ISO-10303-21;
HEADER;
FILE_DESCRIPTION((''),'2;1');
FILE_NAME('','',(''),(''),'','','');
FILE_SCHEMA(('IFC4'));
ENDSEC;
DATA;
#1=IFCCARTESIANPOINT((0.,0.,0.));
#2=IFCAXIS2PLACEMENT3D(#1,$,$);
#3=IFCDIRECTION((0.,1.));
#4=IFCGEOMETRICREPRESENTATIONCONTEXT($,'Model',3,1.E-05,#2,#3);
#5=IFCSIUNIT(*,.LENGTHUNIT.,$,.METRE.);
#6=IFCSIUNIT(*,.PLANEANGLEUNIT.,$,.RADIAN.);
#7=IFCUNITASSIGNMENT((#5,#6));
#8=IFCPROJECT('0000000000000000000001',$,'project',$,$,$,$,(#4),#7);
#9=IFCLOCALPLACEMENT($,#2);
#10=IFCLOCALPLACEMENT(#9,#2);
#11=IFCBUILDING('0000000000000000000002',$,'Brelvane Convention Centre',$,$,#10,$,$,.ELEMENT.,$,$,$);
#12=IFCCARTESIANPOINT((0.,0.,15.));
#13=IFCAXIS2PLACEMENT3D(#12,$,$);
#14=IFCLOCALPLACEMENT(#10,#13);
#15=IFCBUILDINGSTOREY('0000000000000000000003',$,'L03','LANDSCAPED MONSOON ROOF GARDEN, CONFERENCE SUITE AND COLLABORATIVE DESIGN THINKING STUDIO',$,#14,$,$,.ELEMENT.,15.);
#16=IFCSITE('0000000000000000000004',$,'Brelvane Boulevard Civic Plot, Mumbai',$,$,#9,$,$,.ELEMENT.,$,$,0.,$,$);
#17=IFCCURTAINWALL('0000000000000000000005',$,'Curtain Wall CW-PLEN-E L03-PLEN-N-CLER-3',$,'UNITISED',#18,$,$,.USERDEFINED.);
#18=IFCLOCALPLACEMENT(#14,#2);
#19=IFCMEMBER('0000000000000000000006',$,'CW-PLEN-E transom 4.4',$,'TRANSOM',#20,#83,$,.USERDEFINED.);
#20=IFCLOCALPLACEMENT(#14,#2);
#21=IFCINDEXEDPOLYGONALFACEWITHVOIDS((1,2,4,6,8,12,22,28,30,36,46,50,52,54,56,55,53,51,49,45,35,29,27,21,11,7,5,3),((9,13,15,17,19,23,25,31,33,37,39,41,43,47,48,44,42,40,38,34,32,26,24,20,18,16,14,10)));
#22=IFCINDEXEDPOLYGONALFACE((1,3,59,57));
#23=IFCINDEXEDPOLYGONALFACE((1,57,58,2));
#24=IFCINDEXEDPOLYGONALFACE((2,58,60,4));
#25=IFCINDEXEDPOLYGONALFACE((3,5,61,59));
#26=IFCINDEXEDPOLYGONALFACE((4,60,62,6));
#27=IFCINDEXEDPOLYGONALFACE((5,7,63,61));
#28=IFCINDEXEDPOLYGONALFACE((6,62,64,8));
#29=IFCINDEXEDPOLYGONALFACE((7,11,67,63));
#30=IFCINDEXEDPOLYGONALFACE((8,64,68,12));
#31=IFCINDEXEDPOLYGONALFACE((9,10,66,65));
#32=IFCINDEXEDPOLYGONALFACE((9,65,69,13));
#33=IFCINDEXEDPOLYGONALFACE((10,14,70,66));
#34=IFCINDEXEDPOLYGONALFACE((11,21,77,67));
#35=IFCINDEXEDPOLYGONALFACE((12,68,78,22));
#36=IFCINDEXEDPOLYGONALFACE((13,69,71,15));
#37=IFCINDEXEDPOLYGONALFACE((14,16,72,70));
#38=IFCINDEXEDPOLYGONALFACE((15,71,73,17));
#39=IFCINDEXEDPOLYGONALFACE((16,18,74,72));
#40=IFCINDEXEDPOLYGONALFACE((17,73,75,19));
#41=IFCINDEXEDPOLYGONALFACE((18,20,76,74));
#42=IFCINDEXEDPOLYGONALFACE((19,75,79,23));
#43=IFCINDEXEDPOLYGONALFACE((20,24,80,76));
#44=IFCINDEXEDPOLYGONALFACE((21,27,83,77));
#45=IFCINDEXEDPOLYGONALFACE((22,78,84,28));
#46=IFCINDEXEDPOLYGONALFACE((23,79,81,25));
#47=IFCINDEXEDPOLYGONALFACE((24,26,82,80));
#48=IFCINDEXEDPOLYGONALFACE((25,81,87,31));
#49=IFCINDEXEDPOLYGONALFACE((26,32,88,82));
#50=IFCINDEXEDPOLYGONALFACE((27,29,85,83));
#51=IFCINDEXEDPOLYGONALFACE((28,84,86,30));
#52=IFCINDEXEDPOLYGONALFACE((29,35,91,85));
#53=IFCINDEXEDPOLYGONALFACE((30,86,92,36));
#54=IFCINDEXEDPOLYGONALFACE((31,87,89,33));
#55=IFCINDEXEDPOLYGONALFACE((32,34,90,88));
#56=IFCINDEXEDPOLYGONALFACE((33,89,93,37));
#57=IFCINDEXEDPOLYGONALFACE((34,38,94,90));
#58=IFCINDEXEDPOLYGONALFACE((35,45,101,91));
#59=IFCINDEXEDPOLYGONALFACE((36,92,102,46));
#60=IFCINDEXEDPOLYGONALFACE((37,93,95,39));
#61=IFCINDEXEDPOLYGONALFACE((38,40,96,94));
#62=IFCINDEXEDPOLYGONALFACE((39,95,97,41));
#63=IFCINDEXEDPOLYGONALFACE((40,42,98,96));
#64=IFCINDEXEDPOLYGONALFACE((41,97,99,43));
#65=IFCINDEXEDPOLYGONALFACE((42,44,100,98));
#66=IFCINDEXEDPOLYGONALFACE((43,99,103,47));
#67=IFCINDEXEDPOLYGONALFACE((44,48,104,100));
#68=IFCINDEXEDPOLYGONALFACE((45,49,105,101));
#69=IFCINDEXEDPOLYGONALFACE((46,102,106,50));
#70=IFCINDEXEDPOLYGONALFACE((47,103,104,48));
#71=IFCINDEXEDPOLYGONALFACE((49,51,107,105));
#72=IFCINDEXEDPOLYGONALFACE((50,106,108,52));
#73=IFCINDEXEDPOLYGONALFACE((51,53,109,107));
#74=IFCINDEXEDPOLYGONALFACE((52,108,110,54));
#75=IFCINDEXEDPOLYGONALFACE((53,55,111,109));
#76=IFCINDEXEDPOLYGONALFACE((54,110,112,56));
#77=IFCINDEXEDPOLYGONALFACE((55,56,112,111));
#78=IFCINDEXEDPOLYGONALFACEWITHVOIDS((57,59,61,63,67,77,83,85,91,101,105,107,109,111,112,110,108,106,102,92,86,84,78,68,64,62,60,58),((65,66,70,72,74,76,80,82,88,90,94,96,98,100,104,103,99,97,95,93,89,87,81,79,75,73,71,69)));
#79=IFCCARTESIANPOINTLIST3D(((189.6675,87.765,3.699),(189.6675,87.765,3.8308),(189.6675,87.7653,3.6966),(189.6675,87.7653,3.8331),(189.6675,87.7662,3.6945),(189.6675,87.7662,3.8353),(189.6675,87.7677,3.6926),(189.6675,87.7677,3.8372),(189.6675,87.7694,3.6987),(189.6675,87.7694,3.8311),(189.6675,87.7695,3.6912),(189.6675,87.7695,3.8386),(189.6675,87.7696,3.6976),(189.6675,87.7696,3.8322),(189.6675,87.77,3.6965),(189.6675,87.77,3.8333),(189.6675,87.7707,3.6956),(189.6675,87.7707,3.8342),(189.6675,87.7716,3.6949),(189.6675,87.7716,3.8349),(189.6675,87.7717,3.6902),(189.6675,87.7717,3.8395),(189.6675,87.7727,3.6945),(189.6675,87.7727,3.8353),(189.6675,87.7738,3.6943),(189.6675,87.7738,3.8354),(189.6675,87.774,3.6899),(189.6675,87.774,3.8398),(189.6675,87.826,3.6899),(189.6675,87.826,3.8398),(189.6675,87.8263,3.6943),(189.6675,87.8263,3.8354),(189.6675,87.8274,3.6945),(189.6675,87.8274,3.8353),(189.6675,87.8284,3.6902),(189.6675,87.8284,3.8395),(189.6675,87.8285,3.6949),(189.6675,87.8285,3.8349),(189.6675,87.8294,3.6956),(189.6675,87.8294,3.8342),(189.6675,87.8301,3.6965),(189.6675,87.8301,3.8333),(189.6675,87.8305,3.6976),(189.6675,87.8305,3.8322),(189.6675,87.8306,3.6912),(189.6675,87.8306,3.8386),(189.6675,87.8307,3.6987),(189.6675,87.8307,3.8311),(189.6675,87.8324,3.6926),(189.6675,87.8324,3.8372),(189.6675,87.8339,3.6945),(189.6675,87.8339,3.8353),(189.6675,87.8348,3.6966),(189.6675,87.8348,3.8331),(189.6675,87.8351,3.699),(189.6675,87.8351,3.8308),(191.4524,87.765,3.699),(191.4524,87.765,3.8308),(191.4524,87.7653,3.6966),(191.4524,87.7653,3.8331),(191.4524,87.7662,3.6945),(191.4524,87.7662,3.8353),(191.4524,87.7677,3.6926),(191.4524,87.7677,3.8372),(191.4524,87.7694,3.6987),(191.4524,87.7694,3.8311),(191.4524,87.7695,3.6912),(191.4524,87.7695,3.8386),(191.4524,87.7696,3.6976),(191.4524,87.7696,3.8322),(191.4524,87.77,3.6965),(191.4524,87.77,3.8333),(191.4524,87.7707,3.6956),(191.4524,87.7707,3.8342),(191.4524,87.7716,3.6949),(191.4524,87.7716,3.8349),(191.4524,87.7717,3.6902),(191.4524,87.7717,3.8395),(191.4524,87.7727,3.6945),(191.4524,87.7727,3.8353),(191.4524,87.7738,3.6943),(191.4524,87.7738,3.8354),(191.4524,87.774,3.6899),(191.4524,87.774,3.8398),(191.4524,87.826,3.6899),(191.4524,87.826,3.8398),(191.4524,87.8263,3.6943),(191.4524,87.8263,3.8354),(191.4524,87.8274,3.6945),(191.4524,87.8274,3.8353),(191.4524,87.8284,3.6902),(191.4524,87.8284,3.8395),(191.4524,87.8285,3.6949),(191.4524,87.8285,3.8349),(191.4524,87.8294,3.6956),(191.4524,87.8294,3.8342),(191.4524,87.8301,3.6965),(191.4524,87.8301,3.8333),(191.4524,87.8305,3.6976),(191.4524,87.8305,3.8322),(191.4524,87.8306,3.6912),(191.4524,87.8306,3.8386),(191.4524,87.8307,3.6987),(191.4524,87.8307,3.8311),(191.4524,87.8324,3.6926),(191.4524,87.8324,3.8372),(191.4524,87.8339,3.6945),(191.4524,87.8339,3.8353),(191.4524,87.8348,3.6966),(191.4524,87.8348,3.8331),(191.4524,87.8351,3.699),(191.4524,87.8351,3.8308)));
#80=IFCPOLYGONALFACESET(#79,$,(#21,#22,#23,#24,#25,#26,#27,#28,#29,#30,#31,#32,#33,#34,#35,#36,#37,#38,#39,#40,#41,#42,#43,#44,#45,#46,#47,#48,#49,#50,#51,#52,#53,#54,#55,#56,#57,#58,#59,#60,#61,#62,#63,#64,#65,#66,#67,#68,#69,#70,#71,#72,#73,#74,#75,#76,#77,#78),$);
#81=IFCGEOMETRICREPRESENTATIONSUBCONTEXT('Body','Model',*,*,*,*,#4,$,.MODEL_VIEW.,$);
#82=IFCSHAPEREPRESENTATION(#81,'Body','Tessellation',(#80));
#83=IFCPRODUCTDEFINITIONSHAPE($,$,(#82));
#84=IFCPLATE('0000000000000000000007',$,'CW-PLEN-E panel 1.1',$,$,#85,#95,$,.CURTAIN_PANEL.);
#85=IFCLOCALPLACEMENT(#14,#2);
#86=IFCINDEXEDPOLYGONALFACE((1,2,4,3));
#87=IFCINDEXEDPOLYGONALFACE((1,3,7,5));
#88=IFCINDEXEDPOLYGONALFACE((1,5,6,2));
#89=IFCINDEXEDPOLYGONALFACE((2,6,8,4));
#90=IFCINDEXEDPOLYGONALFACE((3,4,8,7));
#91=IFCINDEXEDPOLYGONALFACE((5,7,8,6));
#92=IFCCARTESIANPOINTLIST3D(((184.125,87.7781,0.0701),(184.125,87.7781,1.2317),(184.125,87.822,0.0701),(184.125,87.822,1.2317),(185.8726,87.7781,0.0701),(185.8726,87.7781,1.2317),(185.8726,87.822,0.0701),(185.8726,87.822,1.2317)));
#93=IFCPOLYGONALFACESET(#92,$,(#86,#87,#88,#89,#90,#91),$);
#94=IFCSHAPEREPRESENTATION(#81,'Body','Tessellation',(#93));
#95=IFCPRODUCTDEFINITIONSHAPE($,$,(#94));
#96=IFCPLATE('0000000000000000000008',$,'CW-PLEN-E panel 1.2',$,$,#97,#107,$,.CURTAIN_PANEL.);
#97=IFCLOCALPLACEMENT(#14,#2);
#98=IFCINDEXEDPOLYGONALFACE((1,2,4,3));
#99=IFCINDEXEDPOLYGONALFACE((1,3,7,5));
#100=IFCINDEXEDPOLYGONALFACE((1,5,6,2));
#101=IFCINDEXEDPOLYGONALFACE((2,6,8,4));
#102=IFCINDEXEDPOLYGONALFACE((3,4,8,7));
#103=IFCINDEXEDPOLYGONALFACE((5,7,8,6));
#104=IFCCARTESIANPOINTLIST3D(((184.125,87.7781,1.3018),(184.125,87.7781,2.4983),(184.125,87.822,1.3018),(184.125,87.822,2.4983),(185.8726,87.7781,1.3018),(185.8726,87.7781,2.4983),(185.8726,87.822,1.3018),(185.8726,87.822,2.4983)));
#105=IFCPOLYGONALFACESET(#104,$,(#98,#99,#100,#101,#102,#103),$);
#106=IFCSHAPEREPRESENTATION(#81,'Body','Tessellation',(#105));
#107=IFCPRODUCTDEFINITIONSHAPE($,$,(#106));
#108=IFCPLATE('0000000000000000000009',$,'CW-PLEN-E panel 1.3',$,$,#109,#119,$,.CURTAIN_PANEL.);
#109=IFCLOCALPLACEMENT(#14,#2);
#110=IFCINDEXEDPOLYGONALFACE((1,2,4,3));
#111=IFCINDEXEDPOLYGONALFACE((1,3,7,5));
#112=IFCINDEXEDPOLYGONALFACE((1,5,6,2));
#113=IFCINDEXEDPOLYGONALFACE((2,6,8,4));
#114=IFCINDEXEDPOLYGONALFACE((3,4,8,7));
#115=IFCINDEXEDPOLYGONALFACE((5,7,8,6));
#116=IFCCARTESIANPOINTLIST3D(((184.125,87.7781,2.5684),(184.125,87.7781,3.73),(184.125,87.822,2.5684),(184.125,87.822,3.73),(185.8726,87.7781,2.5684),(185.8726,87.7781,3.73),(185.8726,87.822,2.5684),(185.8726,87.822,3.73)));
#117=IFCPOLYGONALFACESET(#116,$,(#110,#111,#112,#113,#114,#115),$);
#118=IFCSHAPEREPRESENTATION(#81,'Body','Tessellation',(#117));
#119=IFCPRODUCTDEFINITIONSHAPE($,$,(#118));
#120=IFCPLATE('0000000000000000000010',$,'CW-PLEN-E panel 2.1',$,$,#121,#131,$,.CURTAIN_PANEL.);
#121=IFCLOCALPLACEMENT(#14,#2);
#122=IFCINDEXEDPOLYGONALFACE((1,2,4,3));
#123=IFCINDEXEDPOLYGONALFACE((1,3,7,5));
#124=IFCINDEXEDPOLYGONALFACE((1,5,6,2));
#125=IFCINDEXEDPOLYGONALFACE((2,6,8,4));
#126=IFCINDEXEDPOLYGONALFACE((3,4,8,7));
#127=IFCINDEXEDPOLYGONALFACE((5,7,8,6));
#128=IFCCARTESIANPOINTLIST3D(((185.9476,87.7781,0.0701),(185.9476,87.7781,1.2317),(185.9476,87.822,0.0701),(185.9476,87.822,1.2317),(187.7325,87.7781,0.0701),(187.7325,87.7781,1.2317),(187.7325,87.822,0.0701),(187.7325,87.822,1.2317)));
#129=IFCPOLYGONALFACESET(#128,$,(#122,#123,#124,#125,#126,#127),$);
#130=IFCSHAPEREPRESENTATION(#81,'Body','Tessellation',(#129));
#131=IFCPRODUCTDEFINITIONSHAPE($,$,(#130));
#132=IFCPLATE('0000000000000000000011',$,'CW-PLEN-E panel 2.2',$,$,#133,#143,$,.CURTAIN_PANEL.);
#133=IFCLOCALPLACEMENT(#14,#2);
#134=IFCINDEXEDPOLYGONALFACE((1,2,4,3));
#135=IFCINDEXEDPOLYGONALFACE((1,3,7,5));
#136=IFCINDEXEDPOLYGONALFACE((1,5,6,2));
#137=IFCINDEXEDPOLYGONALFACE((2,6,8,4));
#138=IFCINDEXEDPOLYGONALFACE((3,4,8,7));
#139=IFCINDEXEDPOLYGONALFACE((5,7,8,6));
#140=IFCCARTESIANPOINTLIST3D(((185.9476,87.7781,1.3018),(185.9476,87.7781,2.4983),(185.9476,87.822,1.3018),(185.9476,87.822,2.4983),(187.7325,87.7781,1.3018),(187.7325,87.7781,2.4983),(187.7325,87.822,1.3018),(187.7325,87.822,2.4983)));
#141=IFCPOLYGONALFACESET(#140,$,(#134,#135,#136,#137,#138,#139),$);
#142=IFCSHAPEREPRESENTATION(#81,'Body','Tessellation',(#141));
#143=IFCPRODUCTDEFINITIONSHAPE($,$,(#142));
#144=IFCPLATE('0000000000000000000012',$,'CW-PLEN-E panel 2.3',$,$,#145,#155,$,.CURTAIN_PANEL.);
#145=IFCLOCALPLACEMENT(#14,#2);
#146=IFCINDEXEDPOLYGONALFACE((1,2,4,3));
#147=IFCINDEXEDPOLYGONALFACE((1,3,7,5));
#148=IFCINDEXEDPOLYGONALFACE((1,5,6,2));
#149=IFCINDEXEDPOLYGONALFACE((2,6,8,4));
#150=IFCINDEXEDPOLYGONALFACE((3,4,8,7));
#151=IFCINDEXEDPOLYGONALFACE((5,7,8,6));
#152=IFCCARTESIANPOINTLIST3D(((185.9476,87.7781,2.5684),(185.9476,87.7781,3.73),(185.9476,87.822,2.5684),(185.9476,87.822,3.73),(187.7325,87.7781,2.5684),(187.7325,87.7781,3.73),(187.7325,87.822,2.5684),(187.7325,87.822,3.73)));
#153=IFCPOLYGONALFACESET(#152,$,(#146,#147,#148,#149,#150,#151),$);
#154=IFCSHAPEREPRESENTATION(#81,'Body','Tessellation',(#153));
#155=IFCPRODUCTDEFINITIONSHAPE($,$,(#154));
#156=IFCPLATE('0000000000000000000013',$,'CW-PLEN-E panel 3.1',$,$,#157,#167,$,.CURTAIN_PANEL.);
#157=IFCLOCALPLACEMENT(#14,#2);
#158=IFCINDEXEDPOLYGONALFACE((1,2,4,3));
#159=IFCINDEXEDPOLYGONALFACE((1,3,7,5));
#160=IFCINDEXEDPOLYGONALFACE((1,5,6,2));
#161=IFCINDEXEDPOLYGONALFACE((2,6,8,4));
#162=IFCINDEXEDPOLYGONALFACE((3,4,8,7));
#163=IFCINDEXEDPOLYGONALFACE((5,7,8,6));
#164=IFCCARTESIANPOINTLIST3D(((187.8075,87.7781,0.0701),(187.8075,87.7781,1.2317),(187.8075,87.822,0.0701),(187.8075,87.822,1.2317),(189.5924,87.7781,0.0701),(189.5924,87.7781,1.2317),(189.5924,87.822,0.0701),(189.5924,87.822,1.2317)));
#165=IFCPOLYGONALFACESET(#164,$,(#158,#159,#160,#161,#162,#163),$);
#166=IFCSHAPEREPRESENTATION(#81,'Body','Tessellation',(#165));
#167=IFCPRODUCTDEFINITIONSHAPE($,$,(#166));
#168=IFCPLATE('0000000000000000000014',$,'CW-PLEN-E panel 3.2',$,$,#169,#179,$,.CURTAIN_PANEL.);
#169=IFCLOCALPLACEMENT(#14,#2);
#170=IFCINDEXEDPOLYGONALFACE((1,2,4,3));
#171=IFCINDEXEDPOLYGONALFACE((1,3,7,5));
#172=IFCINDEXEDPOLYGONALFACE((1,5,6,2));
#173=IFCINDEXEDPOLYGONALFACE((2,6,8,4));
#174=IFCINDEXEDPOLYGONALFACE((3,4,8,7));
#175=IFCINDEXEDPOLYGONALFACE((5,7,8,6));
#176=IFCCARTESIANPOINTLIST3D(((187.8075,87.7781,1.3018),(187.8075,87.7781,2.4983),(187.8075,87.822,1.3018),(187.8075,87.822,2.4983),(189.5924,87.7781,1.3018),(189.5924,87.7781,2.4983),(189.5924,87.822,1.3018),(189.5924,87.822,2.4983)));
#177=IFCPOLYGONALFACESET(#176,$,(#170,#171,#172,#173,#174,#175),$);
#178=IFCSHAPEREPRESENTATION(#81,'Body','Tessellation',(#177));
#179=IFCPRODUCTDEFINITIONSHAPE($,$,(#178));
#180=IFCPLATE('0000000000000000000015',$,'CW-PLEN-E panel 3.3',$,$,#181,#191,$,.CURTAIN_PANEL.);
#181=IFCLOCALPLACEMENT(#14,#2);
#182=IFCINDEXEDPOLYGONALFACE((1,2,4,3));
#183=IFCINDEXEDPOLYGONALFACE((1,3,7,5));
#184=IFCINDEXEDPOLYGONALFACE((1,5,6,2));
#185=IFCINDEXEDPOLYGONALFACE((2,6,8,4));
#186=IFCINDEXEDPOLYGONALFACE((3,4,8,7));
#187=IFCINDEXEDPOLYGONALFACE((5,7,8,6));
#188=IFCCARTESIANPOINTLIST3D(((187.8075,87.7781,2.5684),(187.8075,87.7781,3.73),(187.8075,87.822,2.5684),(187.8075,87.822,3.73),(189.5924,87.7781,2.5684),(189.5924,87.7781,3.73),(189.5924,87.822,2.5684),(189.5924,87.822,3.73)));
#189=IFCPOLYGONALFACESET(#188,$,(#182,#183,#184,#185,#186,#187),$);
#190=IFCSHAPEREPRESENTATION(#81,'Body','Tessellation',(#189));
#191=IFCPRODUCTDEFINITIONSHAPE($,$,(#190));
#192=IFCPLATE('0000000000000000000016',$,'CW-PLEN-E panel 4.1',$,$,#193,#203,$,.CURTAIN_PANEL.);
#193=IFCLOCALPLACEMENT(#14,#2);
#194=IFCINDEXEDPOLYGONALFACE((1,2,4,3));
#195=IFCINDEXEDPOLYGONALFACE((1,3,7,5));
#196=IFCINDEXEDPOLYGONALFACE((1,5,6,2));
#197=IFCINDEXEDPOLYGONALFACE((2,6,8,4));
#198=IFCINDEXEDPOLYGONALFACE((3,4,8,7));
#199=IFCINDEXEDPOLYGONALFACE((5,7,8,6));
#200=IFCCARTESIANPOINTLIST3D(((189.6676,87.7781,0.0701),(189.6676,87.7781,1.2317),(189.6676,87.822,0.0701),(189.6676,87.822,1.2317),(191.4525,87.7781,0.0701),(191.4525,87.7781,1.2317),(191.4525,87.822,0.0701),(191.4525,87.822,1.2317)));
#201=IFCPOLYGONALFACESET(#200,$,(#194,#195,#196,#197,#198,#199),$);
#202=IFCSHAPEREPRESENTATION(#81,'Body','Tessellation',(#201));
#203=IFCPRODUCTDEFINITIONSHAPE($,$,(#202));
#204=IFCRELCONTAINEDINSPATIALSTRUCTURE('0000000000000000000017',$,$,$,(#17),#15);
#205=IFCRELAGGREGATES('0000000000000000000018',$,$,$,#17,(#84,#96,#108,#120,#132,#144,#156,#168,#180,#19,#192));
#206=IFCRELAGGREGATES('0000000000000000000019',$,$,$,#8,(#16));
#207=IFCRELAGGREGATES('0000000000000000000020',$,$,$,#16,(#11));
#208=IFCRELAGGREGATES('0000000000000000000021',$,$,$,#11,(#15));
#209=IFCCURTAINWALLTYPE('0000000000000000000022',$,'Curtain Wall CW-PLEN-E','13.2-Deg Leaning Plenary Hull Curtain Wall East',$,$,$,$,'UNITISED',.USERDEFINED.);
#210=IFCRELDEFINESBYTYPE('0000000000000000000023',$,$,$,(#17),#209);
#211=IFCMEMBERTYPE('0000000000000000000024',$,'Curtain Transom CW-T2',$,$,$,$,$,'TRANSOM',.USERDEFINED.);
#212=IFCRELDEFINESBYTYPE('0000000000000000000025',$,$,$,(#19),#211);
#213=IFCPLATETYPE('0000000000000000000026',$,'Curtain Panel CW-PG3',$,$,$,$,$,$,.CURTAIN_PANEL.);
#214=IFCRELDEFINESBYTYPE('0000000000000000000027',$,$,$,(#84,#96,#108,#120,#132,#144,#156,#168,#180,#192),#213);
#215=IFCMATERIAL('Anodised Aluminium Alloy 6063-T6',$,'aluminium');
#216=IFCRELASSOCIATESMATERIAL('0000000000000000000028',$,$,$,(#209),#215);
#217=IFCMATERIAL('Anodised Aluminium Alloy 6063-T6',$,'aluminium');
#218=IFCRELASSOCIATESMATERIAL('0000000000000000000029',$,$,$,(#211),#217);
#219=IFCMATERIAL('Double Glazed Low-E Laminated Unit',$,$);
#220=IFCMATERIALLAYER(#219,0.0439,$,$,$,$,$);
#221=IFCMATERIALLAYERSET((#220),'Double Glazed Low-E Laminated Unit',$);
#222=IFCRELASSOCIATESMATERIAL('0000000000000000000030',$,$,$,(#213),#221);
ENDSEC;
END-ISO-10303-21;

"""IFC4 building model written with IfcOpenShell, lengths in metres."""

from ifc_helpers import new_model, si_unit, direction, frame, origin, origin_2d, place, context, subcontext, project, spatial, rectangle, hollow_rectangle, extrude, material, layer, layer_set, material_profile, profile_set, type_object, element, aggregate, save


model = new_model("IFC4")

# Units and contexts
model_context = context("Model", 3, precision=1e-05, world=origin(), true_north=direction((0.0, 1.0)))
body_context = subcontext(model_context, "Body", "Model", "MODEL_VIEW")
ifc_project = project(units=[si_unit("LENGTHUNIT", "METRE"), si_unit("PLANEANGLEUNIT", "RADIAN")], contexts=[model_context])

# Site, building, storey
site_placement = place(None, origin())
site = spatial("IfcSite", under=ifc_project, at=site_placement, Name="Brelvane Boulevard Civic Plot, Mumbai", CompositionType="ELEMENT", RefElevation=0.0)
building_placement = place(site_placement, origin())
building = spatial("IfcBuilding", under=site, at=building_placement, Name="Brelvane Convention Centre", CompositionType="ELEMENT")
storey_placement = place(building_placement, frame((0.0, 0.0, 15.0)))
storey = spatial("IfcBuildingStorey", under=building, at=storey_placement, Name="L03", Description="LANDSCAPED MONSOON ROOF GARDEN, CONFERENCE SUITE AND COLLABORATIVE DESIGN THINKING STUDIO", CompositionType="ELEMENT", Elevation=15.0)

# Curtain wall, member, plates
ifc_material_1 = material(Name="Anodised Aluminium Alloy 6063-T6", Category="aluminium")
curtain_wall_type = type_object("IfcCurtainWallType", Name="Curtain Wall CW-PLEN-E", Description="13.2-Deg Leaning Plenary Hull Curtain Wall East", ElementType="UNITISED", PredefinedType="USERDEFINED", material=ifc_material_1)
curtain_wall_placement = place(storey_placement, origin())
curtain_wall = element("IfcCurtainWall", 1, at=curtain_wall_placement, inside=storey, type_object=curtain_wall_type, Name="Curtain Wall CW-PLEN-E L03-PLEN-N-CLER-3", ObjectType="UNITISED", PredefinedType="USERDEFINED")
ifc_material_2 = material(Name="Anodised Aluminium Alloy 6063-T6", Category="aluminium")
ifc_material_profile_1 = material_profile(ifc_material_2, hollow_rectangle(XDim=0.0701, YDim=0.1499, WallThickness=0.0044, InnerFilletRadius=0.0044, OuterFilletRadius=0.009, at=origin_2d()), Name="ALU-T 150x70x4.5")
ifc_profile_set_1 = profile_set([ifc_material_profile_1], Name="Anodised Aluminium Alloy 6063-T6")
member_type_1 = type_object("IfcMemberType", Name="Curtain Transom CW-T2", ElementType="TRANSOM", PredefinedType="USERDEFINED", material=ifc_profile_set_1)
member_1_placement = place(storey_placement, frame((189.6675, 87.8, 3.7649), z_axis=(1.0, 0.0, 0.0), x_axis=(0.0, 1.0, 0.0)))
member_1 = element("IfcMember", 2, at=member_1_placement, type_object=member_type_1, Name="CW-PLEN-E transom 4.4", ObjectType="TRANSOM", PredefinedType="USERDEFINED", context=body_context, shape_type="SweptSolid", body=[
    extrude(hollow_rectangle(XDim=0.0701, YDim=0.1499, WallThickness=0.0044, InnerFilletRadius=0.0044, OuterFilletRadius=0.009, at=origin_2d()), origin(), (0.0, 0.0, 1.0), 1.7849),
])
ifc_material_3 = material(Name="Double Glazed Low-E Laminated Unit")
ifc_layer_1 = layer(ifc_material_3, 0.0439)
ifc_layer_set_1 = layer_set([ifc_layer_1], Name="Double Glazed Low-E Laminated Unit")
plate_type = type_object("IfcPlateType", Name="Curtain Panel CW-PG3", PredefinedType="CURTAIN_PANEL", material=ifc_layer_set_1)
plate_1_placement = place(storey_placement, frame((184.9988, 87.8, 0.0701), z_axis=(0.0, 0.0, 1.0), x_axis=(1.0, 0.0, 0.0)))
plate_1 = element("IfcPlate", 3, at=plate_1_placement, type_object=plate_type, Name="CW-PLEN-E panel 1.1", PredefinedType="CURTAIN_PANEL", context=body_context, shape_type="SweptSolid", body=[
    extrude(rectangle(XDim=1.7476, YDim=0.0439, at=origin_2d()), origin(), (0.0, 0.0, 1.0), 1.1616),
])
plate_2_placement = place(storey_placement, frame((184.9988, 87.8, 1.3018), z_axis=(0.0, 0.0, 1.0), x_axis=(1.0, 0.0, 0.0)))
plate_2 = element("IfcPlate", 4, at=plate_2_placement, type_object=plate_type, Name="CW-PLEN-E panel 1.2", PredefinedType="CURTAIN_PANEL", context=body_context, shape_type="SweptSolid", body=[
    extrude(rectangle(XDim=1.7476, YDim=0.0439, at=origin_2d()), origin(), (0.0, 0.0, 1.0), 1.1965),
])
plate_3_placement = place(storey_placement, frame((184.9988, 87.8, 2.5684), z_axis=(0.0, 0.0, 1.0), x_axis=(1.0, 0.0, 0.0)))
plate_3 = element("IfcPlate", 5, at=plate_3_placement, type_object=plate_type, Name="CW-PLEN-E panel 1.3", PredefinedType="CURTAIN_PANEL", context=body_context, shape_type="SweptSolid", body=[
    extrude(rectangle(XDim=1.7476, YDim=0.0439, at=origin_2d()), origin(), (0.0, 0.0, 1.0), 1.1616),
])
plate_4_placement = place(storey_placement, frame((186.8401, 87.8, 0.0701), z_axis=(0.0, 0.0, 1.0), x_axis=(1.0, 0.0, 0.0)))
plate_4 = element("IfcPlate", 6, at=plate_4_placement, type_object=plate_type, Name="CW-PLEN-E panel 2.1", PredefinedType="CURTAIN_PANEL", context=body_context, shape_type="SweptSolid", body=[
    extrude(rectangle(XDim=1.7849, YDim=0.0439, at=origin_2d()), origin(), (0.0, 0.0, 1.0), 1.1616),
])
plate_5_placement = place(storey_placement, frame((186.8401, 87.8, 1.3018), z_axis=(0.0, 0.0, 1.0), x_axis=(1.0, 0.0, 0.0)))
plate_5 = element("IfcPlate", 7, at=plate_5_placement, type_object=plate_type, Name="CW-PLEN-E panel 2.2", PredefinedType="CURTAIN_PANEL", context=body_context, shape_type="SweptSolid", body=[
    extrude(rectangle(XDim=1.7849, YDim=0.0439, at=origin_2d()), origin(), (0.0, 0.0, 1.0), 1.1965),
])
plate_6_placement = place(storey_placement, frame((186.8401, 87.8, 2.5684), z_axis=(0.0, 0.0, 1.0), x_axis=(1.0, 0.0, 0.0)))
plate_6 = element("IfcPlate", 8, at=plate_6_placement, type_object=plate_type, Name="CW-PLEN-E panel 2.3", PredefinedType="CURTAIN_PANEL", context=body_context, shape_type="SweptSolid", body=[
    extrude(rectangle(XDim=1.7849, YDim=0.0439, at=origin_2d()), origin(), (0.0, 0.0, 1.0), 1.1616),
])
plate_7_placement = place(storey_placement, frame((188.7, 87.8, 0.0701), z_axis=(0.0, 0.0, 1.0), x_axis=(1.0, 0.0, 0.0)))
plate_7 = element("IfcPlate", 9, at=plate_7_placement, type_object=plate_type, Name="CW-PLEN-E panel 3.1", PredefinedType="CURTAIN_PANEL", context=body_context, shape_type="SweptSolid", body=[
    extrude(rectangle(XDim=1.7849, YDim=0.0439, at=origin_2d()), origin(), (0.0, 0.0, 1.0), 1.1616),
])
plate_8_placement = place(storey_placement, frame((188.7, 87.8, 1.3018), z_axis=(0.0, 0.0, 1.0), x_axis=(1.0, 0.0, 0.0)))
plate_8 = element("IfcPlate", 10, at=plate_8_placement, type_object=plate_type, Name="CW-PLEN-E panel 3.2", PredefinedType="CURTAIN_PANEL", context=body_context, shape_type="SweptSolid", body=[
    extrude(rectangle(XDim=1.7849, YDim=0.0439, at=origin_2d()), origin(), (0.0, 0.0, 1.0), 1.1965),
])
plate_9_placement = place(storey_placement, frame((188.7, 87.8, 2.5684), z_axis=(0.0, 0.0, 1.0), x_axis=(1.0, 0.0, 0.0)))
plate_9 = element("IfcPlate", 11, at=plate_9_placement, type_object=plate_type, Name="CW-PLEN-E panel 3.3", PredefinedType="CURTAIN_PANEL", context=body_context, shape_type="SweptSolid", body=[
    extrude(rectangle(XDim=1.7849, YDim=0.0439, at=origin_2d()), origin(), (0.0, 0.0, 1.0), 1.1616),
])
plate_10_placement = place(storey_placement, frame((190.5601, 87.8, 0.0701), z_axis=(0.0, 0.0, 1.0), x_axis=(1.0, 0.0, 0.0)))
plate_10 = element("IfcPlate", 12, at=plate_10_placement, type_object=plate_type, Name="CW-PLEN-E panel 4.1", PredefinedType="CURTAIN_PANEL", context=body_context, shape_type="SweptSolid", body=[
    extrude(rectangle(XDim=1.7849, YDim=0.0439, at=origin_2d()), origin(), (0.0, 0.0, 1.0), 1.1616),
])
aggregate(curtain_wall, [plate_1, plate_2, plate_3, plate_4, plate_5, plate_6, plate_7, plate_8, plate_9, member_1, plate_10])

save(model, "model.ifc")
